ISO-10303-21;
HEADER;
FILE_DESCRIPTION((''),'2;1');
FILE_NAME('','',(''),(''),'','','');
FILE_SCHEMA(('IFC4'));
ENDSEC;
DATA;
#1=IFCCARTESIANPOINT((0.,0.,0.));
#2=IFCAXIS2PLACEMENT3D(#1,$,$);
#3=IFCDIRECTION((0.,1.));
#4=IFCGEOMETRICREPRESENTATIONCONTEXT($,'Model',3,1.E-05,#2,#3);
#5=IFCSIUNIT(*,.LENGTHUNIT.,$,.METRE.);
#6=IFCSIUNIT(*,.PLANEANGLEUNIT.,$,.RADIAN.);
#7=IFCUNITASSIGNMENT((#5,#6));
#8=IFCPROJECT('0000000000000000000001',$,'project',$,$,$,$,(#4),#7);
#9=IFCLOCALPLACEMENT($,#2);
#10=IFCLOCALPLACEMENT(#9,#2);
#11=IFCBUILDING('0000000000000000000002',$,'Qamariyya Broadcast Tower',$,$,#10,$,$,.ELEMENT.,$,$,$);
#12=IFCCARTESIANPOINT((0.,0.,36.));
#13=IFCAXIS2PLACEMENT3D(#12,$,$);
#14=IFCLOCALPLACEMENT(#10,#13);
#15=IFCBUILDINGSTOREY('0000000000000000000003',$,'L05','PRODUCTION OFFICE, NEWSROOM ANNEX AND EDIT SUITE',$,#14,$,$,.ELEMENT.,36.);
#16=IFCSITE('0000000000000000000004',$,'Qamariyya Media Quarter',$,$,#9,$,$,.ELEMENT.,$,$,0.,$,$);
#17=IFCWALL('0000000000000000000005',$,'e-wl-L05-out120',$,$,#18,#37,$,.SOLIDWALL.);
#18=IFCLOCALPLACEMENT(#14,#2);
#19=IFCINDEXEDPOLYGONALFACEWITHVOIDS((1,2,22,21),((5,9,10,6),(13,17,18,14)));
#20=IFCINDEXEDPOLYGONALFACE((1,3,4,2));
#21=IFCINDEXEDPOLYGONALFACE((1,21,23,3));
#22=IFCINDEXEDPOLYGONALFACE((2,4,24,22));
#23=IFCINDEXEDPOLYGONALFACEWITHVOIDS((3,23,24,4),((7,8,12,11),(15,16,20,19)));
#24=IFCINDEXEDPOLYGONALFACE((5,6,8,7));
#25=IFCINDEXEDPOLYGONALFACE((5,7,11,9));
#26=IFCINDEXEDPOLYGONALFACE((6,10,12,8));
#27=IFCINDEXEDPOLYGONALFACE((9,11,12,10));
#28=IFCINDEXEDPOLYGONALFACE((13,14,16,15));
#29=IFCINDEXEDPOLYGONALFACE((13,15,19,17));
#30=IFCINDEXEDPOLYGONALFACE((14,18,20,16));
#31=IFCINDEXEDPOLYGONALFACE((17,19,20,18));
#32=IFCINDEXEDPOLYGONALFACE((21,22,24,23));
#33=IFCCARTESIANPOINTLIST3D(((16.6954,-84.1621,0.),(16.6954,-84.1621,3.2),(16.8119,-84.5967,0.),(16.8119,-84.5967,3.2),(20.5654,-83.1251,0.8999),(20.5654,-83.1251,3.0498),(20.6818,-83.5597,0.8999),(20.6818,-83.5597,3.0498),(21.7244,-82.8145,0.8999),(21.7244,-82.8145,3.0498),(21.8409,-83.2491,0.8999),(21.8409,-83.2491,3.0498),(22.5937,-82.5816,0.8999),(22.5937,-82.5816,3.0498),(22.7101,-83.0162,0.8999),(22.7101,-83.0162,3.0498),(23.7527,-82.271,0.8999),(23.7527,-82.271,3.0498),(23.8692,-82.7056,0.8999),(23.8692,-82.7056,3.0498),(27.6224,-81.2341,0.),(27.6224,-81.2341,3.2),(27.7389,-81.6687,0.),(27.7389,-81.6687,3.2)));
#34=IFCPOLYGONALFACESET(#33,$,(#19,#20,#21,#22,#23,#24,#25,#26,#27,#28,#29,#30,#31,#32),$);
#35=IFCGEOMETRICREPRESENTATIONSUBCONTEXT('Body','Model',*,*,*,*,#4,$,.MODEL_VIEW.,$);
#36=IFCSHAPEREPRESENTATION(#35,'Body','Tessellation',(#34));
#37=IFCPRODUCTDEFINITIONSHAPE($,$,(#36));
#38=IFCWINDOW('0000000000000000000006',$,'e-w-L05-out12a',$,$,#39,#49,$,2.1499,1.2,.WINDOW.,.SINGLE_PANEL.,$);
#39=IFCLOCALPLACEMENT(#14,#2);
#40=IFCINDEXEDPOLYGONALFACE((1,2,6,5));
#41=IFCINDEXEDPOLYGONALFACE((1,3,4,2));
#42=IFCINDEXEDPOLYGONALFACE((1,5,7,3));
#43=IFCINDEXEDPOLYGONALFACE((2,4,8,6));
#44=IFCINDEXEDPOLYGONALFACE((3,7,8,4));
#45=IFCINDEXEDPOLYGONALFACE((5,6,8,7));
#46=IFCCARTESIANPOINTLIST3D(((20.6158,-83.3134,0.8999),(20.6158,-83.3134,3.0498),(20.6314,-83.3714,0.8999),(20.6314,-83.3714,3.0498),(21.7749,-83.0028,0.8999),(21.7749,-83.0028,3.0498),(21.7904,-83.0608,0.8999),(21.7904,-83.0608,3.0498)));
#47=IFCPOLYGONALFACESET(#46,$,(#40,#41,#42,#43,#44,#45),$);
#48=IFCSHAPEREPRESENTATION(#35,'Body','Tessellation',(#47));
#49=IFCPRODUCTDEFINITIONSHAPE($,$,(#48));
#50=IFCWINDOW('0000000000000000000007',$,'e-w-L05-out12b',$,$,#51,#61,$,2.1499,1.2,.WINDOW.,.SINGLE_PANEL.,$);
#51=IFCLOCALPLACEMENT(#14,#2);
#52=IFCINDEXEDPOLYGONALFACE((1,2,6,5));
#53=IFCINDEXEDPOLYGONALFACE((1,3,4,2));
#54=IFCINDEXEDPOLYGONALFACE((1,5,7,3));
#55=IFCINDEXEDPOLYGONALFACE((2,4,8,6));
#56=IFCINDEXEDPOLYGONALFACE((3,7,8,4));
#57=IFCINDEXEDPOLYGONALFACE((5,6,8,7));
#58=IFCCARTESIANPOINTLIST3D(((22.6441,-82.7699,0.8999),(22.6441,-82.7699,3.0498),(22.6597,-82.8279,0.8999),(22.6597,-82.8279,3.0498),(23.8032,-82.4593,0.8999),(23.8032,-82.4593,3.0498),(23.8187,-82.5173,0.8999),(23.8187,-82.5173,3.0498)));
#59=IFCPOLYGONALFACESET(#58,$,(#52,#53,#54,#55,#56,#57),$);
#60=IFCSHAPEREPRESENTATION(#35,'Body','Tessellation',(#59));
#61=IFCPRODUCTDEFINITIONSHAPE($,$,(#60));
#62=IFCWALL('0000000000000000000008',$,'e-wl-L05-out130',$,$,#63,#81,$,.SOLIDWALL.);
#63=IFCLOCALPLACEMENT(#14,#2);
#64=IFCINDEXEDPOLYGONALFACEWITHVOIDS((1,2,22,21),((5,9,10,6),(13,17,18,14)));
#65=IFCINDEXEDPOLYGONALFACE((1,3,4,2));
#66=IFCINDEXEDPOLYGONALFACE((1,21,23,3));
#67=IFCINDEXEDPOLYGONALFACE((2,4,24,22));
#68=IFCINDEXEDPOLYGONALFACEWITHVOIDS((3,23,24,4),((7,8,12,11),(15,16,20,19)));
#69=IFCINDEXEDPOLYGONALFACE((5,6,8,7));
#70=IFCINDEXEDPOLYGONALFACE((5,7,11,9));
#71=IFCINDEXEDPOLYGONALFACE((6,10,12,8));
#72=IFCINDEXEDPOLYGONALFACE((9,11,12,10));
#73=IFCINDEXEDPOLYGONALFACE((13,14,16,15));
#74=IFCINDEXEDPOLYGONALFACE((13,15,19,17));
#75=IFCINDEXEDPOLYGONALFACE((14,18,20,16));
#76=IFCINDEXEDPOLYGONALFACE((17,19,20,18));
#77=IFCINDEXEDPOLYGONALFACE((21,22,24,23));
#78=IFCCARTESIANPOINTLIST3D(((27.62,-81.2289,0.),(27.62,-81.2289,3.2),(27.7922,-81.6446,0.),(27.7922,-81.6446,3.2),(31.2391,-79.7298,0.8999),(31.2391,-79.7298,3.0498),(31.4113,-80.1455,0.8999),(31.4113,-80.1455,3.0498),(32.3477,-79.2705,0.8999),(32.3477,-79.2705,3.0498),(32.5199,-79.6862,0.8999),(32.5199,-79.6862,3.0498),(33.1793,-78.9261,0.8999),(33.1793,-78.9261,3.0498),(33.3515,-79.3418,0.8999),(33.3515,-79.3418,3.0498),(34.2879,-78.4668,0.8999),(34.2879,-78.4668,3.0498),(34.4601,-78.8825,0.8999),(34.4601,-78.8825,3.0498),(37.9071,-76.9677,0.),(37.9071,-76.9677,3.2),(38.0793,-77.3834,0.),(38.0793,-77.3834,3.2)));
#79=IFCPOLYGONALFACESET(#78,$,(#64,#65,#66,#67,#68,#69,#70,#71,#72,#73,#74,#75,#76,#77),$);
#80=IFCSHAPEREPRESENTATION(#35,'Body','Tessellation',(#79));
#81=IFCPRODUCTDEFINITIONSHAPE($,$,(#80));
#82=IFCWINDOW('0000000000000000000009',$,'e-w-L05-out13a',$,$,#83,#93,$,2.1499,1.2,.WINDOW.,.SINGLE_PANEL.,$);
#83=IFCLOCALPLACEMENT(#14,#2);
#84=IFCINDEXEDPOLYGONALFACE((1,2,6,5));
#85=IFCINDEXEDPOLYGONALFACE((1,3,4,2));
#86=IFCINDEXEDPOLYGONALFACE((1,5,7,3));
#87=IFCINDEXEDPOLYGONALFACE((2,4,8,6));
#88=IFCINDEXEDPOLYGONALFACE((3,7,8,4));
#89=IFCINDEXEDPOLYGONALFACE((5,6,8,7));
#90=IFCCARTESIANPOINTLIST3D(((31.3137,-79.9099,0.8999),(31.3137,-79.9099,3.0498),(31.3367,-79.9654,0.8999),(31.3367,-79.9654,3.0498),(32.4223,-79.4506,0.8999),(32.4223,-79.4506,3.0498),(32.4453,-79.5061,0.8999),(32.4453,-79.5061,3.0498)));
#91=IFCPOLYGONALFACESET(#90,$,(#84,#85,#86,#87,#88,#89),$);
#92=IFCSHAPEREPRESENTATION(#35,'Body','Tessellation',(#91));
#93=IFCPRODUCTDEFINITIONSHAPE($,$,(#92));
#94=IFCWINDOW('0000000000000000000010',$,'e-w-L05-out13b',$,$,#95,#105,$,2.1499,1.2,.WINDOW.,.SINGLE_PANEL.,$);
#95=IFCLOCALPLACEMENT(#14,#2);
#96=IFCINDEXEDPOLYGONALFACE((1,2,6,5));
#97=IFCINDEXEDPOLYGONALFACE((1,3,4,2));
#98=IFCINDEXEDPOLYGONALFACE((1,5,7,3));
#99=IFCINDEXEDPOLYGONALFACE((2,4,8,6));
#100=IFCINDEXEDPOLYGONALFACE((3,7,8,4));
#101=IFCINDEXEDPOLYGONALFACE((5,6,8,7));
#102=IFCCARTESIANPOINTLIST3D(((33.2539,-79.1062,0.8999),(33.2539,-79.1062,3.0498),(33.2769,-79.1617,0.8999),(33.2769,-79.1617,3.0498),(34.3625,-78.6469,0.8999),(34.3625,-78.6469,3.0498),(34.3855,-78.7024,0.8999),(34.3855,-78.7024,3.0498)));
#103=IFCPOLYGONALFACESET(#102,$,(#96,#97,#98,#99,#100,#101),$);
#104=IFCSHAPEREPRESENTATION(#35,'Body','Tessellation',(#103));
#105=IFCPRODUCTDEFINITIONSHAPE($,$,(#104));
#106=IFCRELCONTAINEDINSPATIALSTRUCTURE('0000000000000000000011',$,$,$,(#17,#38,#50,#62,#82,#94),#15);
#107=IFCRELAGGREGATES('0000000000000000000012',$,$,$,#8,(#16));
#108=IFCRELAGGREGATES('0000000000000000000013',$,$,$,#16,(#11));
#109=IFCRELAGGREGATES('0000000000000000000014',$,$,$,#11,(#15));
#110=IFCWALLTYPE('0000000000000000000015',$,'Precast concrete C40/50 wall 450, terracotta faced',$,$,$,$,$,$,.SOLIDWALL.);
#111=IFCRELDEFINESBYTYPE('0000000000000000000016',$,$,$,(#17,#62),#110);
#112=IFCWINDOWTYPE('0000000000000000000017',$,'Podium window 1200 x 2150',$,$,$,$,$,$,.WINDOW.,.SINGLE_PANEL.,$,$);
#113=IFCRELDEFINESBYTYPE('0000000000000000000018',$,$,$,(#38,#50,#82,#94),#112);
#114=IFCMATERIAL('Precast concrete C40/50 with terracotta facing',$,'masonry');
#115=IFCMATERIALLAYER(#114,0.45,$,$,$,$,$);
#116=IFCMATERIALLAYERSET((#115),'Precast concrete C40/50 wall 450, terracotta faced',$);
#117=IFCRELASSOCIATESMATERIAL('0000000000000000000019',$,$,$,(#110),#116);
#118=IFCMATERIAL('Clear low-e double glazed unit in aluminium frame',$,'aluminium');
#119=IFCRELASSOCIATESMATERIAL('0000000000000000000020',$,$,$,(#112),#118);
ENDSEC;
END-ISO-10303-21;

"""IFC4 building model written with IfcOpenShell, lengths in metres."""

from ifc_helpers import new_model, si_unit, direction, frame, frame_2d, origin, place, context, subcontext, project, spatial, rectangle, extrude, material, layer, layer_set, type_object, element, fill, save


model = new_model("IFC4")

# Units and contexts
model_context = context("Model", 3, precision=1e-05, world=origin(), true_north=direction((0.0, 1.0)))
body_context = subcontext(model_context, "Body", "Model", "MODEL_VIEW")
ifc_project = project(units=[si_unit("LENGTHUNIT", "METRE"), si_unit("PLANEANGLEUNIT", "RADIAN")], contexts=[model_context])

# Site, building, storey
site_placement = place(None, origin())
site = spatial("IfcSite", under=ifc_project, at=site_placement, Name="Qamariyya Media Quarter", CompositionType="ELEMENT", RefElevation=0.0)
building_placement = place(site_placement, origin())
building = spatial("IfcBuilding", under=site, at=building_placement, Name="Qamariyya Broadcast Tower", CompositionType="ELEMENT")
storey_placement = place(building_placement, frame((0.0, 0.0, 36.0)))
storey = spatial("IfcBuildingStorey", under=building, at=storey_placement, Name="L05", Description="PRODUCTION OFFICE, NEWSROOM ANNEX AND EDIT SUITE", CompositionType="ELEMENT", Elevation=36.0)

# Walls, openings, windows
ifc_material_1 = material(Name="Precast concrete C40/50 with terracotta facing", Category="masonry")
ifc_layer_1 = layer(ifc_material_1, 0.45)
ifc_layer_set_1 = layer_set([ifc_layer_1], Name="Precast concrete C40/50 wall 450, terracotta faced")
wall_type_1 = type_object("IfcWallType", Name="Precast concrete C40/50 wall 450, terracotta faced", PredefinedType="SOLIDWALL", material=ifc_layer_set_1)
wall_1_placement = place(storey_placement, frame((16.7537, -84.3794, 0.0), z_axis=(0.0, 0.0, 1.0), x_axis=(0.965924, 0.258827, 0.0)))
wall_1 = element("IfcWall", 1, at=wall_1_placement, inside=storey, type_object=wall_type_1, Name="e-wl-L05-out120", PredefinedType="SOLIDWALL", context=body_context, shape_type="SweptSolid", body=[
    extrude(rectangle(XDim=11.3125, YDim=0.45, at=frame_2d((5.6562, 0.0))), origin(), (0.0, 0.0, 1.0), 3.2),
])
opening_1_placement = place(wall_1_placement, frame((4.0063, 0.0, 0.8999)))
opening_1 = element("IfcOpeningElement", 2, at=opening_1_placement, cuts=wall_1, PredefinedType="OPENING", context=body_context, shape_type="SweptSolid", body=[
    extrude(rectangle(XDim=1.2, YDim=2.1499, at=frame_2d((0.6001, 1.075))), frame((0.0, 0.2349, 0.0), z_axis=(0.0, -1.0, 0.0), x_axis=(1.0, 0.0, 0.0)), (0.0, 0.0, 1.0), 0.47),
])
opening_2_placement = place(wall_1_placement, frame((6.1062, 0.0, 0.8999)))
opening_2 = element("IfcOpeningElement", 3, at=opening_2_placement, cuts=wall_1, PredefinedType="OPENING", context=body_context, shape_type="SweptSolid", body=[
    extrude(rectangle(XDim=1.2, YDim=2.1499, at=frame_2d((0.6001, 1.075))), frame((0.0, 0.2349, 0.0), z_axis=(0.0, -1.0, 0.0), x_axis=(1.0, 0.0, 0.0)), (0.0, 0.0, 1.0), 0.47),
])
ifc_material_2 = material(Name="Clear low-e double glazed unit in aluminium frame", Category="aluminium")
window_type = type_object("IfcWindowType", Name="Podium window 1200 x 2150", PartitioningType="SINGLE_PANEL", PredefinedType="WINDOW", material=ifc_material_2)
window_1_placement = place(opening_1_placement, origin())
window_1 = element("IfcWindow", 4, at=window_1_placement, inside=storey, type_object=window_type, Name="e-w-L05-out12a", OverallHeight=2.1499, OverallWidth=1.2, PartitioningType="SINGLE_PANEL", PredefinedType="WINDOW", context=body_context, shape_type="SweptSolid", body=[
    extrude(rectangle(XDim=1.2, YDim=2.1499, at=frame_2d((0.6001, 1.075))), frame((0.0, 0.03, 0.0), z_axis=(0.0, -1.0, 0.0), x_axis=(1.0, 0.0, 0.0)), (0.0, 0.0, 1.0), 0.0601),
])
fill(opening_1, window_1)
window_2_placement = place(opening_2_placement, origin())
window_2 = element("IfcWindow", 5, at=window_2_placement, inside=storey, type_object=window_type, Name="e-w-L05-out12b", OverallHeight=2.1499, OverallWidth=1.2, PartitioningType="SINGLE_PANEL", PredefinedType="WINDOW", context=body_context, shape_type="SweptSolid", body=[
    extrude(rectangle(XDim=1.2, YDim=2.1499, at=frame_2d((0.6001, 1.075))), frame((0.0, 0.03, 0.0), z_axis=(0.0, -1.0, 0.0), x_axis=(1.0, 0.0, 0.0)), (0.0, 0.0, 1.0), 0.0601),
])
fill(opening_2, window_2)
wall_2_placement = place(storey_placement, frame((27.7061, -81.4368, 0.0), z_axis=(0.0, 0.0, 1.0), x_axis=(0.923874, 0.382696, 0.0)))
wall_2 = element("IfcWall", 6, at=wall_2_placement, inside=storey, type_object=wall_type_1, Name="e-wl-L05-out130", PredefinedType="SOLIDWALL", context=body_context, shape_type="SweptSolid", body=[
    extrude(rectangle(XDim=11.1348, YDim=0.45, at=frame_2d((5.5674, 0.0))), origin(), (0.0, 0.0, 1.0), 3.2),
])
opening_3_placement = place(wall_2_placement, frame((3.9172, 0.0, 0.8999)))
opening_3 = element("IfcOpeningElement", 7, at=opening_3_placement, cuts=wall_2, PredefinedType="OPENING", context=body_context, shape_type="SweptSolid", body=[
    extrude(rectangle(XDim=1.2, YDim=2.1499, at=frame_2d((0.6001, 1.075))), frame((0.0, 0.2349, 0.0), z_axis=(0.0, -1.0, 0.0), x_axis=(1.0, 0.0, 0.0)), (0.0, 0.0, 1.0), 0.47),
])
opening_4_placement = place(wall_2_placement, frame((6.0173, 0.0, 0.8999)))
opening_4 = element("IfcOpeningElement", 8, at=opening_4_placement, cuts=wall_2, PredefinedType="OPENING", context=body_context, shape_type="SweptSolid", body=[
    extrude(rectangle(XDim=1.2, YDim=2.1499, at=frame_2d((0.6001, 1.075))), frame((0.0, 0.2349, 0.0), z_axis=(0.0, -1.0, 0.0), x_axis=(1.0, 0.0, 0.0)), (0.0, 0.0, 1.0), 0.47),
])
window_3_placement = place(opening_3_placement, origin())
window_3 = element("IfcWindow", 9, at=window_3_placement, inside=storey, type_object=window_type, Name="e-w-L05-out13a", OverallHeight=2.1499, OverallWidth=1.2, PartitioningType="SINGLE_PANEL", PredefinedType="WINDOW", context=body_context, shape_type="SweptSolid", body=[
    extrude(rectangle(XDim=1.2, YDim=2.1499, at=frame_2d((0.6001, 1.075))), frame((0.0, 0.03, 0.0), z_axis=(0.0, -1.0, 0.0), x_axis=(1.0, 0.0, 0.0)), (0.0, 0.0, 1.0), 0.0601),
])
fill(opening_3, window_3)
window_4_placement = place(opening_4_placement, origin())
window_4 = element("IfcWindow", 10, at=window_4_placement, inside=storey, type_object=window_type, Name="e-w-L05-out13b", OverallHeight=2.1499, OverallWidth=1.2, PartitioningType="SINGLE_PANEL", PredefinedType="WINDOW", context=body_context, shape_type="SweptSolid", body=[
    extrude(rectangle(XDim=1.2, YDim=2.1499, at=frame_2d((0.6001, 1.075))), frame((0.0, 0.03, 0.0), z_axis=(0.0, -1.0, 0.0), x_axis=(1.0, 0.0, 0.0)), (0.0, 0.0, 1.0), 0.0601),
])
fill(opening_4, window_4)

save(model, "model.ifc")
